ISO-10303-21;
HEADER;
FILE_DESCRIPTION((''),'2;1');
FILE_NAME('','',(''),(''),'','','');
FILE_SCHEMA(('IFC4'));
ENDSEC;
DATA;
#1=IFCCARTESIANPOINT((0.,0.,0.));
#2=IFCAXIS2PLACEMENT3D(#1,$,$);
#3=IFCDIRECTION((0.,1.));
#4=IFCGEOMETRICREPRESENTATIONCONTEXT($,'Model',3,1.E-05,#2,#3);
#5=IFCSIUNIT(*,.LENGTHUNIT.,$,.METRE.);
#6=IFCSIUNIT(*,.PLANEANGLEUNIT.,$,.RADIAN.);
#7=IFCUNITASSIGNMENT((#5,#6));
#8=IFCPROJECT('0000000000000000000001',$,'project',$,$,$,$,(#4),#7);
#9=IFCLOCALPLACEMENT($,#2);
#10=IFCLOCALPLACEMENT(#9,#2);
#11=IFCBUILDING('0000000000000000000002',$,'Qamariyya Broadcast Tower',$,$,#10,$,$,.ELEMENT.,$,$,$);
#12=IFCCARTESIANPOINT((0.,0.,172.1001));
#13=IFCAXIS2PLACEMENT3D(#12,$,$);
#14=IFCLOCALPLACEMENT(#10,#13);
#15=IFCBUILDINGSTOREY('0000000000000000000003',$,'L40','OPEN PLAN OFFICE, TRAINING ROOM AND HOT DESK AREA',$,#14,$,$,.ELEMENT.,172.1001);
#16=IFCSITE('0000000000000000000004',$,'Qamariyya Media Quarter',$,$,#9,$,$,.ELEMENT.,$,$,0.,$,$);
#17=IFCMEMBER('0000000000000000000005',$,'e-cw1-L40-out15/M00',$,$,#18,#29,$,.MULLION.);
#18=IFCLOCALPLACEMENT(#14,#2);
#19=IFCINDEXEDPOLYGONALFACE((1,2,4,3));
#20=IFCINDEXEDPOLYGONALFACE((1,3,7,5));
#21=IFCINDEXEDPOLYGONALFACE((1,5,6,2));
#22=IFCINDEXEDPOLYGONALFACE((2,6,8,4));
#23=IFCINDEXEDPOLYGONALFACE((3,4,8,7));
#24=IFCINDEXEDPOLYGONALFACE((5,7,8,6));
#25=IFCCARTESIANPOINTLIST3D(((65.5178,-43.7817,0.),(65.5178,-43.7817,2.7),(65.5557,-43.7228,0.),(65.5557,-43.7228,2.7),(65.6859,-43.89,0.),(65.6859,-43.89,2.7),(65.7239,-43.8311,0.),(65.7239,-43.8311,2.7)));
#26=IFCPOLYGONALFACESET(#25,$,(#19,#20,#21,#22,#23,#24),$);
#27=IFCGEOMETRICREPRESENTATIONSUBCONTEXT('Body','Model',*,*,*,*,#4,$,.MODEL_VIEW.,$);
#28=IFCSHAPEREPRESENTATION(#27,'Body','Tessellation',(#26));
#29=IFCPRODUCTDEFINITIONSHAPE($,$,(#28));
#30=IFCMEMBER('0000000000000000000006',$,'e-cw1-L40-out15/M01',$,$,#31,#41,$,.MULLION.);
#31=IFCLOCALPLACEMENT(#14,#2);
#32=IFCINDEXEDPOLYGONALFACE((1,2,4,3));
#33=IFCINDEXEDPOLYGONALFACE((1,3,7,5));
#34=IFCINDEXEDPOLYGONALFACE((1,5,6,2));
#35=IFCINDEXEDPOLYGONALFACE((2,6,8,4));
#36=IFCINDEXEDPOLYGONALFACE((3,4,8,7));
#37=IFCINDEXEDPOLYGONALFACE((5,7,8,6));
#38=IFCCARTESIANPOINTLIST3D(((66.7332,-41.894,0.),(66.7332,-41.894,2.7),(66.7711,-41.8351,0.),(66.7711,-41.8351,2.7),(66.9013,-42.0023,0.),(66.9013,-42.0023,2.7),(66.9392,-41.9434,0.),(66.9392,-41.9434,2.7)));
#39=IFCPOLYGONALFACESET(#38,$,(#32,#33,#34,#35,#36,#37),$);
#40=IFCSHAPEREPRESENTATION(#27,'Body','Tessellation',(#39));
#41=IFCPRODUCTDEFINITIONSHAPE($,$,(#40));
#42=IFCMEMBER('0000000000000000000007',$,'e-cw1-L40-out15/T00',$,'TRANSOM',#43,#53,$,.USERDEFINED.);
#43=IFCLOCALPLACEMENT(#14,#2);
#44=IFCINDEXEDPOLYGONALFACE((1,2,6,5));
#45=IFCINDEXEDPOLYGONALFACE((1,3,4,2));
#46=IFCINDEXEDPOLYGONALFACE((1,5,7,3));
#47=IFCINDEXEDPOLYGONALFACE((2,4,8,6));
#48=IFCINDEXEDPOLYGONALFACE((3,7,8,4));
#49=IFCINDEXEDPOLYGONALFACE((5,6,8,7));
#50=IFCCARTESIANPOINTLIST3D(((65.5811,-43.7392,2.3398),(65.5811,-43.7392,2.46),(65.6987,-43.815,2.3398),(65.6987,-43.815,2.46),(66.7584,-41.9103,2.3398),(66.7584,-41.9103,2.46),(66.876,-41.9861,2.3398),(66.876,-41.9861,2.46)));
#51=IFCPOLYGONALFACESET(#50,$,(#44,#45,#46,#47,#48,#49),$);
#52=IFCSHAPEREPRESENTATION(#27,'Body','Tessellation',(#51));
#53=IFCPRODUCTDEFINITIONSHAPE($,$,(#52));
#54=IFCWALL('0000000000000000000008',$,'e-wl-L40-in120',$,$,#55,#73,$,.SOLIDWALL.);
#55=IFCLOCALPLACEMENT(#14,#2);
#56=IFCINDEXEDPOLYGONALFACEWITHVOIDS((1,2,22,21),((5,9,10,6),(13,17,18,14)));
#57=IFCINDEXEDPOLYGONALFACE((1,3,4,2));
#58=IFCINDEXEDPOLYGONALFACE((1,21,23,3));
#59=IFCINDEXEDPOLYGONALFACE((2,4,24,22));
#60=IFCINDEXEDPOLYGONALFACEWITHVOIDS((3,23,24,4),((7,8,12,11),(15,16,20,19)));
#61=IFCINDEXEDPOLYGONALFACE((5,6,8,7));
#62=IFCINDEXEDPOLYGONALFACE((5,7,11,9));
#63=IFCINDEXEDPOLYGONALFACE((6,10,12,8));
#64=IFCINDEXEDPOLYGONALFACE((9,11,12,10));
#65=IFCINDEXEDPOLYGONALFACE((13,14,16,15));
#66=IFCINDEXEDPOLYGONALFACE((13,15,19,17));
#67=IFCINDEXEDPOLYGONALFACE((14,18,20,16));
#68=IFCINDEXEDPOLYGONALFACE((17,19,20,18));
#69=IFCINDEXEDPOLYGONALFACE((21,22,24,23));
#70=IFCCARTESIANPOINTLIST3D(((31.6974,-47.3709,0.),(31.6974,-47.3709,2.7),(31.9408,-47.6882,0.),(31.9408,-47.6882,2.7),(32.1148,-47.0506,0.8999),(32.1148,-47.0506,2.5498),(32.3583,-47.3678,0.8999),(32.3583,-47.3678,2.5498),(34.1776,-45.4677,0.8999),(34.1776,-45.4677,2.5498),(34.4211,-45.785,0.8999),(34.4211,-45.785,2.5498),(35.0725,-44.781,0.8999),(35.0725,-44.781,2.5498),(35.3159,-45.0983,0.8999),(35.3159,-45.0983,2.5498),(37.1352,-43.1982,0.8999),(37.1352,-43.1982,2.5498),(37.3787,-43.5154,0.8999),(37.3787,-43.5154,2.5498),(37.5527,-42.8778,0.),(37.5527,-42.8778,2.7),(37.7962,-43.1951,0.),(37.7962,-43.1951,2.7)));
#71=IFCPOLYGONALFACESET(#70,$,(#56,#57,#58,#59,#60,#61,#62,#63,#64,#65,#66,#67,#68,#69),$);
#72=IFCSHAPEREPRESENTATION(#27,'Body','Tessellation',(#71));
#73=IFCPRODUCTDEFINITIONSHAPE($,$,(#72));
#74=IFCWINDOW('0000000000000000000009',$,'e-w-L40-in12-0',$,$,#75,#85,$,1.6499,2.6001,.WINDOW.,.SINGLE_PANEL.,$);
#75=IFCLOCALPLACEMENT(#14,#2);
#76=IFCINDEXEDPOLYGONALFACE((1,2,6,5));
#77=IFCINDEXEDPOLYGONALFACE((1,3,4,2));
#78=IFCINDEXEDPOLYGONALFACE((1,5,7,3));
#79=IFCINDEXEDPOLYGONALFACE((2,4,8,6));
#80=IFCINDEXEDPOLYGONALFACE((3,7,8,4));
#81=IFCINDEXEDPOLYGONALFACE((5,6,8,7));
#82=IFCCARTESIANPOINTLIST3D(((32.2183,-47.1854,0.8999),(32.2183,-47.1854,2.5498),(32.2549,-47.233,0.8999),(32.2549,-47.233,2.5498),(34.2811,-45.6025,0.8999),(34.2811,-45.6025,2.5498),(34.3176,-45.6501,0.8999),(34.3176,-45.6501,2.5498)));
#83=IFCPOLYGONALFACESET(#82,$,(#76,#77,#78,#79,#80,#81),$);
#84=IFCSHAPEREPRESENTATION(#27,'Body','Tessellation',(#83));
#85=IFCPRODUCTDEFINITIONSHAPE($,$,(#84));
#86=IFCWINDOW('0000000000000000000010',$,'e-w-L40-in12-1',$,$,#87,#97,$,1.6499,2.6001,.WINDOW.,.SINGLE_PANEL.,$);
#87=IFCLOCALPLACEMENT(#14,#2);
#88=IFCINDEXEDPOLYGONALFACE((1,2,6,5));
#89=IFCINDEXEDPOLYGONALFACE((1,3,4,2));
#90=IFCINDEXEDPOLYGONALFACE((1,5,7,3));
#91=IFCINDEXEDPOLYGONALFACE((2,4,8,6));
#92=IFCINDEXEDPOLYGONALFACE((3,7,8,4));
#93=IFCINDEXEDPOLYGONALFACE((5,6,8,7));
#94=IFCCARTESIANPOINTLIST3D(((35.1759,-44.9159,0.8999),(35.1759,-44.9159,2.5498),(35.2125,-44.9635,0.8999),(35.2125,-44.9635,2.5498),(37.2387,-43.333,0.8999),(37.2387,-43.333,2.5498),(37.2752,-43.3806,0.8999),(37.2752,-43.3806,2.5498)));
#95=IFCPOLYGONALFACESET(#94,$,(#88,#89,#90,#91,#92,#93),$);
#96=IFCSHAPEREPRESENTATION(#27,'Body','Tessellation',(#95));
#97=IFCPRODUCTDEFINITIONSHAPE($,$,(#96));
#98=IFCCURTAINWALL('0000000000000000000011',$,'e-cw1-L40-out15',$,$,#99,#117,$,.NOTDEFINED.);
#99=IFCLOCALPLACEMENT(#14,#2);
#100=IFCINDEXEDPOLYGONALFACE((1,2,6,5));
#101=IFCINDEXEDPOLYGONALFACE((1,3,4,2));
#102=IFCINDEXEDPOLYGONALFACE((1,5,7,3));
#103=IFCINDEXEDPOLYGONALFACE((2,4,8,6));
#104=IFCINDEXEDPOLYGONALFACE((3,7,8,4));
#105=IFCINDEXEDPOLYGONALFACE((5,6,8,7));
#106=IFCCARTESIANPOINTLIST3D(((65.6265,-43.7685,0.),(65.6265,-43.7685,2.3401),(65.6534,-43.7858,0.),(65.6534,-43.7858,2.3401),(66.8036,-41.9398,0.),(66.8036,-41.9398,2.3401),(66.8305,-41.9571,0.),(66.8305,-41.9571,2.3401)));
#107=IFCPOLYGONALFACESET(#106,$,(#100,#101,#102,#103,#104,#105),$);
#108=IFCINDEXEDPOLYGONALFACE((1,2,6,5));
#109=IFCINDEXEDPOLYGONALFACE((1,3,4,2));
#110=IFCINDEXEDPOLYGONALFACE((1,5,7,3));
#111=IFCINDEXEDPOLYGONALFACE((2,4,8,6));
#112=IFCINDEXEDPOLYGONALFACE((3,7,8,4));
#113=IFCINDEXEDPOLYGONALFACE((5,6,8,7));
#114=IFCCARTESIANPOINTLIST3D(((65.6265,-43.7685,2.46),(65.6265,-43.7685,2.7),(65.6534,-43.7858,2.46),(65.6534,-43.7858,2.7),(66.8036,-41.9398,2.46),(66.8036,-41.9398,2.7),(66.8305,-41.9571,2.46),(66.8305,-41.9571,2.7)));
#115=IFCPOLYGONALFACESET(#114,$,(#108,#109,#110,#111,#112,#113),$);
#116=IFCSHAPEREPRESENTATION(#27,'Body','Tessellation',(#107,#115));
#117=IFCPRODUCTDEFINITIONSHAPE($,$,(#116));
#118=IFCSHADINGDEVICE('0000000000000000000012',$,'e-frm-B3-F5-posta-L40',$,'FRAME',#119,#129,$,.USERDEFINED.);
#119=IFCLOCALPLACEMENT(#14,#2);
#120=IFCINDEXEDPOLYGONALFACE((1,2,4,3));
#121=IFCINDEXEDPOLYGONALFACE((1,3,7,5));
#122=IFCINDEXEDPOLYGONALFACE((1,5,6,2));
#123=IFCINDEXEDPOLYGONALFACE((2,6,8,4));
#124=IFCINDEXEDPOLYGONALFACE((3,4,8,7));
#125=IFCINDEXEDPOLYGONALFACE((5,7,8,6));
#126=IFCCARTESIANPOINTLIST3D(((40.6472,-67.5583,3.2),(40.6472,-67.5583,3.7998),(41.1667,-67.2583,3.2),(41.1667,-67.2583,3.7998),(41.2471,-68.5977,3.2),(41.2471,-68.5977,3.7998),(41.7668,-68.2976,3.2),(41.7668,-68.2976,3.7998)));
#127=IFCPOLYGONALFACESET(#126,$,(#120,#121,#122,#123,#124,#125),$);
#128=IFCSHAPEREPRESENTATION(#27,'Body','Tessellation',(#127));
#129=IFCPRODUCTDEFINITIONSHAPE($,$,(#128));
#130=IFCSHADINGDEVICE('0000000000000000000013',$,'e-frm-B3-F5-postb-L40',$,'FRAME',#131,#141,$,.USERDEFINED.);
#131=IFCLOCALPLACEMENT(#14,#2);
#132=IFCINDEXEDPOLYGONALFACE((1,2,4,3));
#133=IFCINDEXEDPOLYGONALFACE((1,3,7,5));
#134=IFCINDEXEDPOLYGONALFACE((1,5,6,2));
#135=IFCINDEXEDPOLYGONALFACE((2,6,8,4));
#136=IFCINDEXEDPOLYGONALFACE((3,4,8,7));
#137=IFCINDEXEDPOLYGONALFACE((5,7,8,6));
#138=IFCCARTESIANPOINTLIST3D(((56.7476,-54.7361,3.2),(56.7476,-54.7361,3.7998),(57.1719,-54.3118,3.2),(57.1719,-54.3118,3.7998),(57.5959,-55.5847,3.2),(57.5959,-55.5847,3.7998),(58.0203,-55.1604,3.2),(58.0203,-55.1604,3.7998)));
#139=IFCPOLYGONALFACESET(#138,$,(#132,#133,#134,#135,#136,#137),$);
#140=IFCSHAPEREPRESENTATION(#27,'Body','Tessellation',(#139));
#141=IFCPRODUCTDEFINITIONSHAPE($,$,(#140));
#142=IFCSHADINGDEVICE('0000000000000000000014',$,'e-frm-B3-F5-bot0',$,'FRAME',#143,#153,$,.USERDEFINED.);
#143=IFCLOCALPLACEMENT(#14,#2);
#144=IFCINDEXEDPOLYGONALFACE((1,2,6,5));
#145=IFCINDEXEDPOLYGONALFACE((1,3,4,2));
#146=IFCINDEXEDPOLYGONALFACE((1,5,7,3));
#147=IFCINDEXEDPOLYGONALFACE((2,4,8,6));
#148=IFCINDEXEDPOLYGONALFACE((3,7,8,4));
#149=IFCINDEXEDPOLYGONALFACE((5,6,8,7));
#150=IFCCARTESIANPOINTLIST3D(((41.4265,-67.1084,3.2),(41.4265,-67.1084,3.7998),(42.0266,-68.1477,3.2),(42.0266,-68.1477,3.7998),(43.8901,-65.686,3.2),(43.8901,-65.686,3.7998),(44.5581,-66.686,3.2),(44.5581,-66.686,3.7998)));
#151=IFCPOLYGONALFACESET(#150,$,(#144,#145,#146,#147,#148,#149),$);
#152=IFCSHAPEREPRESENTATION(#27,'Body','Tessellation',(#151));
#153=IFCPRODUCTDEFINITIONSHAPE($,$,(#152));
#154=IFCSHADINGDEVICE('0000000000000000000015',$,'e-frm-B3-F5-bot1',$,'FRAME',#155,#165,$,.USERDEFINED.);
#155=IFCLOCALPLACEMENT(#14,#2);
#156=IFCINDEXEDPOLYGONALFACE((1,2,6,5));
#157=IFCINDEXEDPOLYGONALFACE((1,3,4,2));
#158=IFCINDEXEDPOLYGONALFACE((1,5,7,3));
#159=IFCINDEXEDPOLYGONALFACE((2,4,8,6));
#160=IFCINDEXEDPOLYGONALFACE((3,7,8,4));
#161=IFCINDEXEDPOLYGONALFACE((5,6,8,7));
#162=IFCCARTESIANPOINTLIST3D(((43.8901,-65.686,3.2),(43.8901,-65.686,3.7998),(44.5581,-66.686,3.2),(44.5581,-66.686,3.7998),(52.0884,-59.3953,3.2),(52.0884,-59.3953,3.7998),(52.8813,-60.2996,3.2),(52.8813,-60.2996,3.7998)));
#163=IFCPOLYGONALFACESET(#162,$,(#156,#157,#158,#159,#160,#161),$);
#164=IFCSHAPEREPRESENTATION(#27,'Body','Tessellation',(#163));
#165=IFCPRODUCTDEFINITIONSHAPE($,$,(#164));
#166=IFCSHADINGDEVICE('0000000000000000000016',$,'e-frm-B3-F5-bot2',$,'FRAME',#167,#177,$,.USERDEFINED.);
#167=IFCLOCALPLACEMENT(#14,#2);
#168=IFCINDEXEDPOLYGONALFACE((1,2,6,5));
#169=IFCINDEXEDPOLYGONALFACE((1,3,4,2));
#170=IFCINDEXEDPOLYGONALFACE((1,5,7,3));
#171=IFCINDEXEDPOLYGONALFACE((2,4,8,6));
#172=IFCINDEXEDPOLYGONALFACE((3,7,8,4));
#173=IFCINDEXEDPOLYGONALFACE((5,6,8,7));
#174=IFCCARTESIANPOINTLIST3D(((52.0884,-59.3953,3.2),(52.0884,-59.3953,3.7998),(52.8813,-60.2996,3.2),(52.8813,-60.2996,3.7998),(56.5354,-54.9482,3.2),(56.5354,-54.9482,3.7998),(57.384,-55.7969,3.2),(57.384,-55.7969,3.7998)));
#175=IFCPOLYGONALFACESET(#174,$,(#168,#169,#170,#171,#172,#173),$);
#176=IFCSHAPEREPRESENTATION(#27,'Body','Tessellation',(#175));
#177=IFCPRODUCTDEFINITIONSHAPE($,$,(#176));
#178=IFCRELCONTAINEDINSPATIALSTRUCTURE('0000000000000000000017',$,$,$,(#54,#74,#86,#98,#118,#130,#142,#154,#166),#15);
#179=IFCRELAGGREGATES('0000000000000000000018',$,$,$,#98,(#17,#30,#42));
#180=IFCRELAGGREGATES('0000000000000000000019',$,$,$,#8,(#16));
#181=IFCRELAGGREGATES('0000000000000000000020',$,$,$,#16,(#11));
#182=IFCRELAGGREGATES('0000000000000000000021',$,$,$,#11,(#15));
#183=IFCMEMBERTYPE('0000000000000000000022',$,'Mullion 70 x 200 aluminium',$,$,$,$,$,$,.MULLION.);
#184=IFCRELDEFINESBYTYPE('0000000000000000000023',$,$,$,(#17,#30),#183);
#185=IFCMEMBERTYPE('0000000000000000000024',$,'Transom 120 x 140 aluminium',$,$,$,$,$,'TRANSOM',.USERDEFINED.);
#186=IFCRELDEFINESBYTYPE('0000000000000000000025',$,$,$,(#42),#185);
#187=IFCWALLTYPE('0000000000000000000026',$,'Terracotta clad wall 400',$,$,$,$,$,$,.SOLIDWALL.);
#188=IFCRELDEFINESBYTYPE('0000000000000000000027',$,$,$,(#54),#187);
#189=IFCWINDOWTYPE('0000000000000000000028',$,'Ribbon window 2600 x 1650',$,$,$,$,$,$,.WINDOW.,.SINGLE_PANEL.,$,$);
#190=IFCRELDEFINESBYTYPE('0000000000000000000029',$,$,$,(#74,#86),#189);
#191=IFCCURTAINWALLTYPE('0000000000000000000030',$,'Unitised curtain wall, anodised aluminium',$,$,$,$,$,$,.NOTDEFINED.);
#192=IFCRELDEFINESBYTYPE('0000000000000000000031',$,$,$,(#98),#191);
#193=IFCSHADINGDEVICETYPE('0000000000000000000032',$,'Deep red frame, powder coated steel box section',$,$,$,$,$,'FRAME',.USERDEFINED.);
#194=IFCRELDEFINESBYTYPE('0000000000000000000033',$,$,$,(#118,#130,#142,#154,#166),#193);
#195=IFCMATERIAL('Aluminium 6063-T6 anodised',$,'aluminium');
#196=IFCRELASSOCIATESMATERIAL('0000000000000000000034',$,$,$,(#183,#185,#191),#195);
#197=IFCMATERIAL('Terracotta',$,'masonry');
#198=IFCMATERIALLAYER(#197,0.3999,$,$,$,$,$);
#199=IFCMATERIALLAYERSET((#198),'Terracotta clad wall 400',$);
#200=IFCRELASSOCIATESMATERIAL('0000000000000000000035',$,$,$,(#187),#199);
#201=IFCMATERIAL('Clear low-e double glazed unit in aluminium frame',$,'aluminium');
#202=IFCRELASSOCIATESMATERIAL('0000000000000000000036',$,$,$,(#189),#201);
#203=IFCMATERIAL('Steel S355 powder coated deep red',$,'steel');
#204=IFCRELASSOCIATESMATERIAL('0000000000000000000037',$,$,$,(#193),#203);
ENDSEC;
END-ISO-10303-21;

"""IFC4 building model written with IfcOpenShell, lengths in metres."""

from ifc_helpers import new_model, si_unit, direction, frame, frame_2d, origin, origin_2d, place, context, subcontext, project, spatial, polyline, rectangle, outline, extrude, material, layer, layer_set, material_profile, profile_set, type_object, element, fill, aggregate, save


model = new_model("IFC4")

# Units and contexts
model_context = context("Model", 3, precision=1e-05, world=origin(), true_north=direction((0.0, 1.0)))
body_context = subcontext(model_context, "Body", "Model", "MODEL_VIEW")
ifc_project = project(units=[si_unit("LENGTHUNIT", "METRE"), si_unit("PLANEANGLEUNIT", "RADIAN")], contexts=[model_context])

# Members
ifc_material_1 = material(Name="Aluminium 6063-T6 anodised", Category="aluminium")
ifc_material_profile_1 = material_profile(ifc_material_1, rectangle(XDim=0.2, YDim=0.0701, at=origin_2d()))
ifc_profile_set_1 = profile_set([ifc_material_profile_1], Name="Aluminium 6063-T6 anodised")
member_type_1 = type_object("IfcMemberType", Name="Mullion 70 x 200 aluminium", PredefinedType="MULLION", material=ifc_profile_set_1)
site_placement = place(None, origin())
building_placement = place(site_placement, origin())
storey_placement = place(building_placement, frame((0.0, 0.0, 172.1001)))
member_1_placement = place(storey_placement, frame((65.6208, -43.8064, 0.0), z_axis=(0.0, 0.0, 1.0), x_axis=(-0.840842, 0.54128, 0.0)))
member_1 = element("IfcMember", 1, at=member_1_placement, type_object=member_type_1, Name="e-cw1-L40-out15/M00", PredefinedType="MULLION", context=body_context, shape_type="SweptSolid", body=[
    extrude(rectangle(XDim=0.2, YDim=0.0701, at=origin_2d()), origin(), (0.0, 0.0, 1.0), 2.7),
])
member_2_placement = place(storey_placement, frame((66.8362, -41.9187, 0.0), z_axis=(0.0, 0.0, 1.0), x_axis=(-0.840842, 0.54128, 0.0)))
member_2 = element("IfcMember", 2, at=member_2_placement, type_object=member_type_1, Name="e-cw1-L40-out15/M01", PredefinedType="MULLION", context=body_context, shape_type="SweptSolid", body=[
    extrude(rectangle(XDim=0.2, YDim=0.0701, at=origin_2d()), origin(), (0.0, 0.0, 1.0), 2.7),
])
ifc_material_profile_2 = material_profile(ifc_material_1, rectangle(XDim=0.1399, YDim=0.1201, at=origin_2d()))
ifc_profile_set_2 = profile_set([ifc_material_profile_2], Name="Aluminium 6063-T6 anodised")
member_type_2 = type_object("IfcMemberType", Name="Transom 120 x 140 aluminium", ElementType="TRANSOM", PredefinedType="USERDEFINED", material=ifc_profile_set_2)
member_3_placement = place(storey_placement, frame((65.6399, -43.7771, 2.3999), z_axis=(0.541262, 0.840854, 0.0), x_axis=(-0.840854, 0.541262, 0.0)))
member_3 = element("IfcMember", 3, at=member_3_placement, type_object=member_type_2, Name="e-cw1-L40-out15/T00", ObjectType="TRANSOM", PredefinedType="USERDEFINED", context=body_context, shape_type="SweptSolid", body=[
    extrude(rectangle(XDim=0.1399, YDim=0.1201, at=origin_2d()), origin(), (0.0, 0.0, 1.0), 2.175),
])

# Site, building, storey
site = spatial("IfcSite", under=ifc_project, at=site_placement, Name="Qamariyya Media Quarter", CompositionType="ELEMENT", RefElevation=0.0)
building = spatial("IfcBuilding", under=site, at=building_placement, Name="Qamariyya Broadcast Tower", CompositionType="ELEMENT")
storey = spatial("IfcBuildingStorey", under=building, at=storey_placement, Name="L40", Description="OPEN PLAN OFFICE, TRAINING ROOM AND HOT DESK AREA", CompositionType="ELEMENT", Elevation=172.1001)

# Wall, openings, windows
ifc_material_2 = material(Name="Terracotta", Category="masonry")
ifc_layer = layer(ifc_material_2, 0.3999)
ifc_layer_set = layer_set([ifc_layer], Name="Terracotta clad wall 400")
wall_type = type_object("IfcWallType", Name="Terracotta clad wall 400", PredefinedType="SOLIDWALL", material=ifc_layer_set)
wall_placement = place(storey_placement, frame((37.6746, -43.0364, 0.0), z_axis=(0.0, 0.0, 1.0), x_axis=(-0.793346, -0.60877, 0.0)))
wall = element("IfcWall", 4, at=wall_placement, inside=storey, type_object=wall_type, Name="e-wl-L40-in120", PredefinedType="SOLIDWALL", context=body_context, shape_type="SweptSolid", body=[
    extrude(rectangle(XDim=7.3806, YDim=0.3999, at=frame_2d((3.6904, 0.0))), origin(), (0.0, 0.0, 1.0), 2.7),
])
opening_1_placement = place(wall_placement, frame((4.2544, 0.0, 0.8999)))
opening_1 = element("IfcOpeningElement", 5, at=opening_1_placement, cuts=wall, PredefinedType="OPENING", context=body_context, shape_type="SweptSolid", body=[
    extrude(rectangle(XDim=2.6001, YDim=1.6499, at=frame_2d((1.3, 0.825))), frame((0.0, 0.21, 0.0), z_axis=(0.0, -1.0, 0.0), x_axis=(1.0, 0.0, 0.0)), (0.0, 0.0, 1.0), 0.4199),
])
opening_2_placement = place(wall_placement, frame((0.5264, 0.0, 0.8999)))
opening_2 = element("IfcOpeningElement", 6, at=opening_2_placement, cuts=wall, PredefinedType="OPENING", context=body_context, shape_type="SweptSolid", body=[
    extrude(rectangle(XDim=2.6001, YDim=1.6499, at=frame_2d((1.3, 0.825))), frame((0.0, 0.21, 0.0), z_axis=(0.0, -1.0, 0.0), x_axis=(1.0, 0.0, 0.0)), (0.0, 0.0, 1.0), 0.4199),
])
ifc_material_3 = material(Name="Clear low-e double glazed unit in aluminium frame", Category="aluminium")
window_type = type_object("IfcWindowType", Name="Ribbon window 2600 x 1650", PartitioningType="SINGLE_PANEL", PredefinedType="WINDOW", material=ifc_material_3)
window_1_placement = place(opening_1_placement, origin())
window_1 = element("IfcWindow", 7, at=window_1_placement, inside=storey, type_object=window_type, Name="e-w-L40-in12-0", OverallHeight=1.6499, OverallWidth=2.6001, PartitioningType="SINGLE_PANEL", PredefinedType="WINDOW", context=body_context, shape_type="SweptSolid", body=[
    extrude(rectangle(XDim=2.6001, YDim=1.6499, at=frame_2d((1.3, 0.825))), frame((0.0, 0.03, 0.0), z_axis=(0.0, -1.0, 0.0), x_axis=(1.0, 0.0, 0.0)), (0.0, 0.0, 1.0), 0.0601),
])
fill(opening_1, window_1)
window_2_placement = place(opening_2_placement, origin())
window_2 = element("IfcWindow", 8, at=window_2_placement, inside=storey, type_object=window_type, Name="e-w-L40-in12-1", OverallHeight=1.6499, OverallWidth=2.6001, PartitioningType="SINGLE_PANEL", PredefinedType="WINDOW", context=body_context, shape_type="SweptSolid", body=[
    extrude(rectangle(XDim=2.6001, YDim=1.6499, at=frame_2d((1.3, 0.825))), frame((0.0, 0.03, 0.0), z_axis=(0.0, -1.0, 0.0), x_axis=(1.0, 0.0, 0.0)), (0.0, 0.0, 1.0), 0.0601),
])
fill(opening_2, window_2)

# Curtain wall
curtain_wall_type = type_object("IfcCurtainWallType", Name="Unitised curtain wall, anodised aluminium", PredefinedType="NOTDEFINED", material=ifc_material_1)
curtain_wall_1_placement = place(storey_placement, origin())
curtain_wall_1 = element("IfcCurtainWall", 9, at=curtain_wall_1_placement, inside=storey, type_object=curtain_wall_type, Name="e-cw1-L40-out15", PredefinedType="NOTDEFINED", context=body_context, shape_type="SweptSolid", body=[
    extrude(rectangle(XDim=2.1748, YDim=0.032, at=origin_2d()), frame((66.2285, -42.8628, 0.0), x_axis=(0.541243, 0.840867, 0.0)), (0.0, 0.0, 1.0), 2.3401),
    extrude(rectangle(XDim=2.1748, YDim=0.032, at=origin_2d()), frame((66.2285, -42.8628, 2.46), x_axis=(0.541243, 0.840867, 0.0)), (0.0, 0.0, 1.0), 0.24),
])
aggregate(curtain_wall_1, [member_1, member_2, member_3])

# Shading devices
ifc_material_4 = material(Name="Steel S355 powder coated deep red", Category="steel")
shading_device_type = type_object("IfcShadingDeviceType", Name="Deep red frame, powder coated steel box section", ElementType="FRAME", PredefinedType="USERDEFINED", material=ifc_material_4)
shading_device_1_placement = place(storey_placement, frame((0.0, 0.0, 3.2)))
element("IfcShadingDevice", 10, at=shading_device_1_placement, inside=storey, type_object=shading_device_type, Name="e-frm-B3-F5-posta-L40", ObjectType="FRAME", PredefinedType="USERDEFINED", context=body_context, shape_type="SweptSolid", body=[
    extrude(outline(polyline([(40.6472, -67.5583), (41.2471, -68.5977), (41.7668, -68.2976), (41.1667, -67.2583), (40.6472, -67.5583)])), origin(), (0.0, 0.0, 1.0), 0.5999),
])
shading_device_2_placement = place(storey_placement, frame((0.0, 0.0, 3.2)))
element("IfcShadingDevice", 11, at=shading_device_2_placement, inside=storey, type_object=shading_device_type, Name="e-frm-B3-F5-postb-L40", ObjectType="FRAME", PredefinedType="USERDEFINED", context=body_context, shape_type="SweptSolid", body=[
    extrude(outline(polyline([(56.7476, -54.7361), (57.5959, -55.5847), (58.0203, -55.1604), (57.1719, -54.3118), (56.7476, -54.7361)])), origin(), (0.0, 0.0, 1.0), 0.5999),
])
shading_device_3_placement = place(storey_placement, frame((0.0, 0.0, 3.2)))
element("IfcShadingDevice", 12, at=shading_device_3_placement, inside=storey, type_object=shading_device_type, Name="e-frm-B3-F5-bot0", ObjectType="FRAME", PredefinedType="USERDEFINED", context=body_context, shape_type="SweptSolid", body=[
    extrude(outline(polyline([(41.4265, -67.1084), (42.0266, -68.1477), (44.5581, -66.686), (43.8901, -65.686), (41.4265, -67.1084)])), origin(), (0.0, 0.0, 1.0), 0.5999),
])
shading_device_4_placement = place(storey_placement, frame((0.0, 0.0, 3.2)))
element("IfcShadingDevice", 13, at=shading_device_4_placement, inside=storey, type_object=shading_device_type, Name="e-frm-B3-F5-bot1", ObjectType="FRAME", PredefinedType="USERDEFINED", context=body_context, shape_type="SweptSolid", body=[
    extrude(outline(polyline([(43.8901, -65.686), (44.5581, -66.686), (52.8813, -60.2996), (52.0884, -59.3953), (43.8901, -65.686)])), origin(), (0.0, 0.0, 1.0), 0.5999),
])
shading_device_5_placement = place(storey_placement, frame((0.0, 0.0, 3.2)))
element("IfcShadingDevice", 14, at=shading_device_5_placement, inside=storey, type_object=shading_device_type, Name="e-frm-B3-F5-bot2", ObjectType="FRAME", PredefinedType="USERDEFINED", context=body_context, shape_type="SweptSolid", body=[
    extrude(outline(polyline([(52.0884, -59.3953), (52.8813, -60.2996), (57.384, -55.7969), (56.5354, -54.9482), (52.0884, -59.3953)])), origin(), (0.0, 0.0, 1.0), 0.5999),
])

save(model, "model.ifc")
